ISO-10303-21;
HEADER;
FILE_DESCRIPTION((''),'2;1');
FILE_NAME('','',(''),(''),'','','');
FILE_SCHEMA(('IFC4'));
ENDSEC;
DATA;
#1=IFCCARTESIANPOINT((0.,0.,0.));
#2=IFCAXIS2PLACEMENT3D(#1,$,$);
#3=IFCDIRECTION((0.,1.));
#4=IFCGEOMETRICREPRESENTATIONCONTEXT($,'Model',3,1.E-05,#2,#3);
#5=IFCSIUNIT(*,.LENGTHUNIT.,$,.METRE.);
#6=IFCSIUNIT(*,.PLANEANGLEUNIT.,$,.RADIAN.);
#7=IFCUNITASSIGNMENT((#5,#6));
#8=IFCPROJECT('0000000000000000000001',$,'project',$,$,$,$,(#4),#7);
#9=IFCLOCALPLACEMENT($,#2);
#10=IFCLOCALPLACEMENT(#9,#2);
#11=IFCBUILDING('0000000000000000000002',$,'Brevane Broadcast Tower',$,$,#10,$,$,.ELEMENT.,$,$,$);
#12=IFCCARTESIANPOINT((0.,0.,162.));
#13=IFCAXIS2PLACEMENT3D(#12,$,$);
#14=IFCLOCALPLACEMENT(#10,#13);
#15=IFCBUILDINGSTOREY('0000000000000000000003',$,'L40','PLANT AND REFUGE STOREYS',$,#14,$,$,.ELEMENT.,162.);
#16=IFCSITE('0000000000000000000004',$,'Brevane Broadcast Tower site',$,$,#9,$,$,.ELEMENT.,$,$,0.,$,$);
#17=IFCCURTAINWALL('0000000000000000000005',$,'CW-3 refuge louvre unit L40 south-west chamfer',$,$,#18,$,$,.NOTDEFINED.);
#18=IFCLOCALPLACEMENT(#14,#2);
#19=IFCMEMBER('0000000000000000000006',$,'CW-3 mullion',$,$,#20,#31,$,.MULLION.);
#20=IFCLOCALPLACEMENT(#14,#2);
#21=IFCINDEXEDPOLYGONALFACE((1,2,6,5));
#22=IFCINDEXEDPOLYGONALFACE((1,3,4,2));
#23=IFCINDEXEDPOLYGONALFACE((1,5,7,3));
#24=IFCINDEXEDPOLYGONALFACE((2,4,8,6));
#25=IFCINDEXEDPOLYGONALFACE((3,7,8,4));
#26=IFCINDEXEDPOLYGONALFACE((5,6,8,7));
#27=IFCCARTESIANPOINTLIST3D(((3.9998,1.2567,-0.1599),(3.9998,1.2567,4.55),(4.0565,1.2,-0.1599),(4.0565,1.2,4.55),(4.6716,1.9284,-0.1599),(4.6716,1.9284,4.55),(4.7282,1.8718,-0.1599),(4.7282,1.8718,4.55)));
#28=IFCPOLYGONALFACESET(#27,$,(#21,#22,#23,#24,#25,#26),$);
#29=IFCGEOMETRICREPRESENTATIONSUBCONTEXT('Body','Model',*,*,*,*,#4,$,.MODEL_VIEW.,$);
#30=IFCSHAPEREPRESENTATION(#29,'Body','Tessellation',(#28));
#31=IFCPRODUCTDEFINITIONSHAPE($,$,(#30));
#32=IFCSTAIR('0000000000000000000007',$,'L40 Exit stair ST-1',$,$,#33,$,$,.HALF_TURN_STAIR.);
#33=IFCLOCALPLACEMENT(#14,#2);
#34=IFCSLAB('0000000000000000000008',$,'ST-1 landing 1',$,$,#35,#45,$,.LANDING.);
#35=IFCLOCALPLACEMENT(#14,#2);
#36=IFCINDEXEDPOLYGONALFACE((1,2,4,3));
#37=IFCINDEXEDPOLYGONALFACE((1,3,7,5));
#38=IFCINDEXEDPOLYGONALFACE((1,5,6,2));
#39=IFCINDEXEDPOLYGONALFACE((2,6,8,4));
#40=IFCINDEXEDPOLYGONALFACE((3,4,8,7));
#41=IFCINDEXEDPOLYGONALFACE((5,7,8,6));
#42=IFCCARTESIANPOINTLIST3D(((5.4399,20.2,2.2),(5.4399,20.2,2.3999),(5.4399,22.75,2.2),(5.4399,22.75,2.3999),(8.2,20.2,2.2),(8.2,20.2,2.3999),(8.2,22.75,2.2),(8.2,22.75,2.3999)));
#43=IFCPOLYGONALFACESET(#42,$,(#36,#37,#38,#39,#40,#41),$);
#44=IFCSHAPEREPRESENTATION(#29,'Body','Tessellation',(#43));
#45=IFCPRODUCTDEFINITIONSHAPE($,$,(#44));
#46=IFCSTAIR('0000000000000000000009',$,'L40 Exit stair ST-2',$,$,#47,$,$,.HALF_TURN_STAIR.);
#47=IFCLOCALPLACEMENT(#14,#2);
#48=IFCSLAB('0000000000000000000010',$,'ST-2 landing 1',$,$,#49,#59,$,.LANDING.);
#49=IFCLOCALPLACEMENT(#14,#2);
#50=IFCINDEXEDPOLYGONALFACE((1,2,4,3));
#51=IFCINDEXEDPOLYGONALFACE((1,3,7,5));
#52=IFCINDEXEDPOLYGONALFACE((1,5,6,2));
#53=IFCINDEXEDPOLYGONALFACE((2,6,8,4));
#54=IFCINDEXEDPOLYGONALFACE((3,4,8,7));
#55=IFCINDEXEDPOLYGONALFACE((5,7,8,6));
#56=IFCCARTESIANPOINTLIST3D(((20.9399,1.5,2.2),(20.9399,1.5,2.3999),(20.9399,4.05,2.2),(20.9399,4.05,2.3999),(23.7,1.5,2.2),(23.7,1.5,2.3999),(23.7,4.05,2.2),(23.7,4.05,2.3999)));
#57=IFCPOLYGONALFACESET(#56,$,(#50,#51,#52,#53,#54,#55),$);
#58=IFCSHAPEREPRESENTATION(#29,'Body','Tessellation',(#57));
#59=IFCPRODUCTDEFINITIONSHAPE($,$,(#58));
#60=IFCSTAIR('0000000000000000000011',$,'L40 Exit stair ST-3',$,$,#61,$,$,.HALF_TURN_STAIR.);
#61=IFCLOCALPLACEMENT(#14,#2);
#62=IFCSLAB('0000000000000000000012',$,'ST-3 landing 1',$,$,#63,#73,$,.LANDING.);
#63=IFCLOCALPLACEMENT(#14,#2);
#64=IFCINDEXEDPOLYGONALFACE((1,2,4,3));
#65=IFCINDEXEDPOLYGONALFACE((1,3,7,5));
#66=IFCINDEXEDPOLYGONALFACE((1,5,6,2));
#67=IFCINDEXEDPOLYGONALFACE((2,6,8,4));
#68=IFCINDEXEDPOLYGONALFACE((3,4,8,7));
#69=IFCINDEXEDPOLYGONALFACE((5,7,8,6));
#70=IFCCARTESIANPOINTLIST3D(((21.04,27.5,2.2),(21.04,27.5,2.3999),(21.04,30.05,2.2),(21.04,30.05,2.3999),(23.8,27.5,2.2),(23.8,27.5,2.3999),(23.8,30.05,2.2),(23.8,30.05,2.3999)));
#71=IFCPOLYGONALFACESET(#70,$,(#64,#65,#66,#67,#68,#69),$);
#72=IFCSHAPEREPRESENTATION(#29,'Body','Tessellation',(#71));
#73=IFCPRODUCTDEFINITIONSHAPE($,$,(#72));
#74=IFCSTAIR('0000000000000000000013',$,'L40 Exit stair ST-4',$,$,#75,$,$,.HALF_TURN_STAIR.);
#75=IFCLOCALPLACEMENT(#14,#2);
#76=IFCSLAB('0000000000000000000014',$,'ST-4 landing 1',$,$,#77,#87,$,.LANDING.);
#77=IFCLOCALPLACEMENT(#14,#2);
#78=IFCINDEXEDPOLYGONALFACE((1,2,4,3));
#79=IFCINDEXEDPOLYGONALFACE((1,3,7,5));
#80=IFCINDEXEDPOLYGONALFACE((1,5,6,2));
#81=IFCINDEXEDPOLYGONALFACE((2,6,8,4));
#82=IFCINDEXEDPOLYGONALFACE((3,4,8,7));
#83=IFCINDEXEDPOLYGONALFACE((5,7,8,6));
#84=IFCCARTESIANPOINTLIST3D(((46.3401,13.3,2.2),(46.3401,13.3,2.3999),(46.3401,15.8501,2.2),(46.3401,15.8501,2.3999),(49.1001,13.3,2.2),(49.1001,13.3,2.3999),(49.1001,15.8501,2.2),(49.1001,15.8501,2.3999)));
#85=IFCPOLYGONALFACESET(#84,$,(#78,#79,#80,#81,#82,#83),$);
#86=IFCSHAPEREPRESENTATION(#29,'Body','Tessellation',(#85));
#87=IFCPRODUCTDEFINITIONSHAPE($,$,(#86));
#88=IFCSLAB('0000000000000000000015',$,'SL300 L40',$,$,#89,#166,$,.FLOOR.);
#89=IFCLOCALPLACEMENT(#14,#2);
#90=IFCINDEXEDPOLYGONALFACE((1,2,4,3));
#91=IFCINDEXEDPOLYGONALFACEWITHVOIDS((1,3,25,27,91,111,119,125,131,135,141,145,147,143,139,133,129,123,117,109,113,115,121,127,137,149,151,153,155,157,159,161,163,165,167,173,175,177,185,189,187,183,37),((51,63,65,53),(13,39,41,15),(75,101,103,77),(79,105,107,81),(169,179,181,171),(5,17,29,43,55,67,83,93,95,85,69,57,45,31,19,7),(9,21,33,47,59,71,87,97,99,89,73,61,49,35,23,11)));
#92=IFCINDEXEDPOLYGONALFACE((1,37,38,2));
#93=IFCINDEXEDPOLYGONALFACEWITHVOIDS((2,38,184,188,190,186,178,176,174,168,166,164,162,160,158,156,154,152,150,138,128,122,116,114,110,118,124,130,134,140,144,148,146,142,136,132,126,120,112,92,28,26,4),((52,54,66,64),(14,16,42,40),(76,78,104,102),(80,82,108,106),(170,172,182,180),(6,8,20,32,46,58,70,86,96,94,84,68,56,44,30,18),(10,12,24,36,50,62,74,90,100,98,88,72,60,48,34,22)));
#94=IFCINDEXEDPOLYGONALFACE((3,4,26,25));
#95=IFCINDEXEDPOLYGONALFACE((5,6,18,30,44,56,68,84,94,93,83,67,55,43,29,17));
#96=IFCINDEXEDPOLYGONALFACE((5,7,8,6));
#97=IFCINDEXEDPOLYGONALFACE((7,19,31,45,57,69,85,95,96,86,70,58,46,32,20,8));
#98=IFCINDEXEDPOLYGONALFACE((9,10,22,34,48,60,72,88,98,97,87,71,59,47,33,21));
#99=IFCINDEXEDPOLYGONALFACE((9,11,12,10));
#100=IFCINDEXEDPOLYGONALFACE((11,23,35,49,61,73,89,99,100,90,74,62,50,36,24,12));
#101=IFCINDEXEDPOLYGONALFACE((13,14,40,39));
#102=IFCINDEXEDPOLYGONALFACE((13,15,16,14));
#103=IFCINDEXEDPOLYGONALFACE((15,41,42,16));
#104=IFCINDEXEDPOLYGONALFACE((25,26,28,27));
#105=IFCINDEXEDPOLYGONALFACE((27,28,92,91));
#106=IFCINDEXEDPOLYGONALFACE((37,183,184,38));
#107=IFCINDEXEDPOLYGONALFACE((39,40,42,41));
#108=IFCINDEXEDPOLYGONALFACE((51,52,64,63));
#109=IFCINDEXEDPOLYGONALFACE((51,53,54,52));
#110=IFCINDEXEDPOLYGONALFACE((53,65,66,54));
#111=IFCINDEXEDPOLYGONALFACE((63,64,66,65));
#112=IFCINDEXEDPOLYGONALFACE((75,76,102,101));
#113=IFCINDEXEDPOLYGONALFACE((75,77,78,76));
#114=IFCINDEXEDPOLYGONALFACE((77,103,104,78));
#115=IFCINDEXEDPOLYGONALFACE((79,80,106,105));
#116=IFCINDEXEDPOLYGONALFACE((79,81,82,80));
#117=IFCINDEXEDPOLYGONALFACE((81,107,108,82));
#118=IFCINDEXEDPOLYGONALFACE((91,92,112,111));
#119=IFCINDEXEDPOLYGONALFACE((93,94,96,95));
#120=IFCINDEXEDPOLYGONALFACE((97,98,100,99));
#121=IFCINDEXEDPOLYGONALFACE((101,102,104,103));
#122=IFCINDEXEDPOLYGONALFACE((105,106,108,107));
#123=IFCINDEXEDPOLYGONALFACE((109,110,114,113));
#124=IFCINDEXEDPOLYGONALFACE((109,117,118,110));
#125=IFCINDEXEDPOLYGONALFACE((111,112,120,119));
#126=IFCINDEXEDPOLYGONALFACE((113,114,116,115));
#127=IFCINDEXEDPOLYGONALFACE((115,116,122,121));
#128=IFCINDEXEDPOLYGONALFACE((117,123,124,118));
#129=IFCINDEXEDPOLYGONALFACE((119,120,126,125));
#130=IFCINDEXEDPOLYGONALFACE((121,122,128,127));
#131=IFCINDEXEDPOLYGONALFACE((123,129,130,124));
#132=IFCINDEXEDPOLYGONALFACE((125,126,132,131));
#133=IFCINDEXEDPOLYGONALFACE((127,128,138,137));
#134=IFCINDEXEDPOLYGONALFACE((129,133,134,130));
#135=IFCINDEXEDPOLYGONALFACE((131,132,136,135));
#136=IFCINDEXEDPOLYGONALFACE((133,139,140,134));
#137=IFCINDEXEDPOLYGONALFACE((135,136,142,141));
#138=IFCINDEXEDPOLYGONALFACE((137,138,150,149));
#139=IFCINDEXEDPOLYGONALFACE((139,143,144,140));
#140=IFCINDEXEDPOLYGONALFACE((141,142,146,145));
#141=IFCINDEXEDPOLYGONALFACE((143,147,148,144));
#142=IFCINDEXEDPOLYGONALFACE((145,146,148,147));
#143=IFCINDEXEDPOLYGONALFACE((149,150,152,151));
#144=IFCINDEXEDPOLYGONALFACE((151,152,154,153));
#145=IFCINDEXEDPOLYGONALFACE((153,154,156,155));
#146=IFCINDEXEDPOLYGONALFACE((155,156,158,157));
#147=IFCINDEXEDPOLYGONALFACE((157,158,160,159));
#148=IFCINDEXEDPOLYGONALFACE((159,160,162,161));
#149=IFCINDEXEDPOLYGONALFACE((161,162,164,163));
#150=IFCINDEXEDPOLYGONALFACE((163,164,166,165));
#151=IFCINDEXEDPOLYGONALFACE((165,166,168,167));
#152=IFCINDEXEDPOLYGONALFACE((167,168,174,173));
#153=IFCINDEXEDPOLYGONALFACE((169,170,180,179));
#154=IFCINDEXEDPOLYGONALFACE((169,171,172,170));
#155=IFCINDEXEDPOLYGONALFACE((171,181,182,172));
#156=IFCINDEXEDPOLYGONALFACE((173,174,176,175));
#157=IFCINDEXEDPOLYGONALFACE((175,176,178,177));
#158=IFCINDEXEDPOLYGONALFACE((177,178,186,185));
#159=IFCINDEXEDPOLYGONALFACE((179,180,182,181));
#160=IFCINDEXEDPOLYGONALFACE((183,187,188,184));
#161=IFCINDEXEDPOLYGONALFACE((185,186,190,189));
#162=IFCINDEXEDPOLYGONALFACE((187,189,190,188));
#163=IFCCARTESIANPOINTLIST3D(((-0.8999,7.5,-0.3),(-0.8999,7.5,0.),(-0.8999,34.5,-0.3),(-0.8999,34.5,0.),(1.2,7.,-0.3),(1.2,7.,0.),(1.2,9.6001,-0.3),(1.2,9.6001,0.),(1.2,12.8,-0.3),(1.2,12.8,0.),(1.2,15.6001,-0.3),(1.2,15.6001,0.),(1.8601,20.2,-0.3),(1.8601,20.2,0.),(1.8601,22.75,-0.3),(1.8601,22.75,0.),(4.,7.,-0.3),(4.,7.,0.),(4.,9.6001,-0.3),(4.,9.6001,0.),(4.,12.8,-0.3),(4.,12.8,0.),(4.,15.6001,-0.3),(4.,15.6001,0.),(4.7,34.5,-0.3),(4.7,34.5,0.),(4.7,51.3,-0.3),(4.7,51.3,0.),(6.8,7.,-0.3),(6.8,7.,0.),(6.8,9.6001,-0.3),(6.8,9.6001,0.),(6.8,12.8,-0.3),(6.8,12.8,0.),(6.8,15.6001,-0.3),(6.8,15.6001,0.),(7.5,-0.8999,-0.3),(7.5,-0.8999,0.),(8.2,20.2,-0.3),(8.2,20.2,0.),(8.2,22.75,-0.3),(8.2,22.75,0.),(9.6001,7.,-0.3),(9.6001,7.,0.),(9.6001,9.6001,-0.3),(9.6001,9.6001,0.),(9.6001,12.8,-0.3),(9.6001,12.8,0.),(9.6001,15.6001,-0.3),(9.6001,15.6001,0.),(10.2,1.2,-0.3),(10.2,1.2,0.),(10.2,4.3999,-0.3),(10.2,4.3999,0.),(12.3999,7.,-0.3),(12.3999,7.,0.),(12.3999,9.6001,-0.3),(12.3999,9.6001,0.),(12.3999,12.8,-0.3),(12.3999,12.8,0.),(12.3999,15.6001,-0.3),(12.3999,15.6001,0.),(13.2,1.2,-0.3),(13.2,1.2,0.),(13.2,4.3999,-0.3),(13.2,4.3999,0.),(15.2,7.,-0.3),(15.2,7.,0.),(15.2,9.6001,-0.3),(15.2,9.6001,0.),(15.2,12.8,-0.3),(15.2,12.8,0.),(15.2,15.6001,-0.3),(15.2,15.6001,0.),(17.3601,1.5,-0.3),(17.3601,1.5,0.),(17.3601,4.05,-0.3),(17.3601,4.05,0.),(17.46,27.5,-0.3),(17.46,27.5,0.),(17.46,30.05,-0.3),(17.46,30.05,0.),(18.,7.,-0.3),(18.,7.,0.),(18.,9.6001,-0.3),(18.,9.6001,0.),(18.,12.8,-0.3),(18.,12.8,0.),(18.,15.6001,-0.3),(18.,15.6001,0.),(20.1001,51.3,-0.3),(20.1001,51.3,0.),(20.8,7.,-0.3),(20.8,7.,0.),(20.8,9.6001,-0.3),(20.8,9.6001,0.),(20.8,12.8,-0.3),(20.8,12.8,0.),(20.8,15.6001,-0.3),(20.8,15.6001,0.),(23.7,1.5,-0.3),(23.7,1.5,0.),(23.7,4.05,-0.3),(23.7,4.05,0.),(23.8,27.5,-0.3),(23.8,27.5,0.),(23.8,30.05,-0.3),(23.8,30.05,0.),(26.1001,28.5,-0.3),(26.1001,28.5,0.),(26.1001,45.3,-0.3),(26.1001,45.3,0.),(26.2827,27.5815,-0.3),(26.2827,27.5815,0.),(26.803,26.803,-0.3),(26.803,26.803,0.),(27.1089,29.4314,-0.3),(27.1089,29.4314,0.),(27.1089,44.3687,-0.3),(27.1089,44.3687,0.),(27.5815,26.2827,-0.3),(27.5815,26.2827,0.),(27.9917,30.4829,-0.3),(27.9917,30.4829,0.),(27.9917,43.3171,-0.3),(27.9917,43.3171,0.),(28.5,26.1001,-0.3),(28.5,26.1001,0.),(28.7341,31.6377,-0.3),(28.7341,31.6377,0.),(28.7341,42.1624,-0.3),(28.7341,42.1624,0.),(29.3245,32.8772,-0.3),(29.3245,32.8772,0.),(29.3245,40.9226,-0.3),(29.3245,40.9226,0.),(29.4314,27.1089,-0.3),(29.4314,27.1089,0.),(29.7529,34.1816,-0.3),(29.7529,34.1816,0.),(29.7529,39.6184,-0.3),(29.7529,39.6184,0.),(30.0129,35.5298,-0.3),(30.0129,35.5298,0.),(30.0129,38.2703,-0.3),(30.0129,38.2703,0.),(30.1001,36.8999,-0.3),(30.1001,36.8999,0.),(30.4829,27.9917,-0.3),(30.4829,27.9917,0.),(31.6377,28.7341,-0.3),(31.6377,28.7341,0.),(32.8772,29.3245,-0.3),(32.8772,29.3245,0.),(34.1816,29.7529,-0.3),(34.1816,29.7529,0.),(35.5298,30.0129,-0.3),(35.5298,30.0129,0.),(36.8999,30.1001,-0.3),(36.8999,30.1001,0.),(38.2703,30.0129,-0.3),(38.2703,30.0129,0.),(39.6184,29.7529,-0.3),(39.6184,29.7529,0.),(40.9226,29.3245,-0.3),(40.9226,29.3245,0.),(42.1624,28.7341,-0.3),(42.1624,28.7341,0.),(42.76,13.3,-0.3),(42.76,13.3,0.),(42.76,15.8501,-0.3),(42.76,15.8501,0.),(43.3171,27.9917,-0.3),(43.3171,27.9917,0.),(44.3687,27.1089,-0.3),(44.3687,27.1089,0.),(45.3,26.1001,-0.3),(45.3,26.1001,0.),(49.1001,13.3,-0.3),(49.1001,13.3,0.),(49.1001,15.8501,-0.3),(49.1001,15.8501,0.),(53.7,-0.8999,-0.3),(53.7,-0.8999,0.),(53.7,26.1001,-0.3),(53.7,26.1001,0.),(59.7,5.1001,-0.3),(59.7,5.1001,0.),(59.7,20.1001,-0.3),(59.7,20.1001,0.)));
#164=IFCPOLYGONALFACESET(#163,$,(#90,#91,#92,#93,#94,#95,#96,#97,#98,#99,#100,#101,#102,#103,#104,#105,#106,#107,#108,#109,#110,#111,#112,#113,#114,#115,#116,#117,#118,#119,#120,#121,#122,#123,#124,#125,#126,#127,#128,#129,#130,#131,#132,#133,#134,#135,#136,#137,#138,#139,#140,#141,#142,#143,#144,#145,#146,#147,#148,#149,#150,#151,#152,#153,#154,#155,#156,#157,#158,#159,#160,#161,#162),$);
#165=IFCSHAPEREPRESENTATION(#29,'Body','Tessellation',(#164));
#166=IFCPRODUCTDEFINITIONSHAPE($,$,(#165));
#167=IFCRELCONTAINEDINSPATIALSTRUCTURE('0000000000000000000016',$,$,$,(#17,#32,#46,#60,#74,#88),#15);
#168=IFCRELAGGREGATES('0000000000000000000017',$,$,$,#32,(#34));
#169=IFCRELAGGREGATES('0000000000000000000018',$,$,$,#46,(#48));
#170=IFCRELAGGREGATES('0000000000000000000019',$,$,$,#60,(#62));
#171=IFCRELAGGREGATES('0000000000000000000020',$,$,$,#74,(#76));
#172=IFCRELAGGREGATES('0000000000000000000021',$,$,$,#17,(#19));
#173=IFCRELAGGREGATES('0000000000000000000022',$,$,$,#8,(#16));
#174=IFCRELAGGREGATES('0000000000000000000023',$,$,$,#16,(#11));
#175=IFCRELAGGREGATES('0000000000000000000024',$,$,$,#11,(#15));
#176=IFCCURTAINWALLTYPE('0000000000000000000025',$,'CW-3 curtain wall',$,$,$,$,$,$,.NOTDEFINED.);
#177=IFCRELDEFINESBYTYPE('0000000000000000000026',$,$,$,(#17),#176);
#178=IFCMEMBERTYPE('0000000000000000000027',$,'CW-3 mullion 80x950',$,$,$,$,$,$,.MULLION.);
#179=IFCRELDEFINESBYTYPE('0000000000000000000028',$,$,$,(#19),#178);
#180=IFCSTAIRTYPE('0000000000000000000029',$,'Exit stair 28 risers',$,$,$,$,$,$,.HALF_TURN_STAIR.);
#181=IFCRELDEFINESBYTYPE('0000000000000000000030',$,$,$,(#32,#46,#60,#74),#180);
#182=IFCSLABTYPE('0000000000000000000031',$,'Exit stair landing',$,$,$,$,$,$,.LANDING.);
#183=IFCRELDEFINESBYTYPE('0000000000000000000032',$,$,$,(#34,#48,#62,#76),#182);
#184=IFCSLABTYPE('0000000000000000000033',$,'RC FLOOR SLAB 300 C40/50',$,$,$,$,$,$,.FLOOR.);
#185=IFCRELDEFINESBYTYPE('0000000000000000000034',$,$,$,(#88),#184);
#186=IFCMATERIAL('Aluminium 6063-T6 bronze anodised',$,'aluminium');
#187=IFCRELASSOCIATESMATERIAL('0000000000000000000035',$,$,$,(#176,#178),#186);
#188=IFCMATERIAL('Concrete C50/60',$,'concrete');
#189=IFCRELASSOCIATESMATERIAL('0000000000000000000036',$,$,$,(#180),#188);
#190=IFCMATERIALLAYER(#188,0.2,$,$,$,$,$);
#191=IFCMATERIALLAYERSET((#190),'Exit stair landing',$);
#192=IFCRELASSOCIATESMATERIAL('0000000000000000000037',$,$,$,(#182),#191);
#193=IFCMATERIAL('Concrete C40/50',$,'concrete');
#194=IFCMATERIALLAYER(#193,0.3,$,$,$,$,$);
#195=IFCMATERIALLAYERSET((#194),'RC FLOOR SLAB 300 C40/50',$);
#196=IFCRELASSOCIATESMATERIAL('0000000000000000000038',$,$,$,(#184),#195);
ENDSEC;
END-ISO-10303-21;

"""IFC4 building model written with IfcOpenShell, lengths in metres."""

from ifc_helpers import new_model, si_unit, direction, frame, origin, origin_2d, place, context, subcontext, project, spatial, polyline, rectangle, outline, extrude, material, layer, layer_set, material_profile, profile_set, type_object, element, aggregate, save


model = new_model("IFC4")

# Units and contexts
model_context = context("Model", 3, precision=1e-05, world=origin(), true_north=direction((0.0, 1.0)))
body_context = subcontext(model_context, "Body", "Model", "MODEL_VIEW")
ifc_project = project(units=[si_unit("LENGTHUNIT", "METRE"), si_unit("PLANEANGLEUNIT", "RADIAN")], contexts=[model_context])

# Site, building, storey
site_placement = place(None, origin())
site = spatial("IfcSite", under=ifc_project, at=site_placement, Name="Brevane Broadcast Tower site", CompositionType="ELEMENT", RefElevation=0.0)
building_placement = place(site_placement, origin())
building = spatial("IfcBuilding", under=site, at=building_placement, Name="Brevane Broadcast Tower", CompositionType="ELEMENT")
storey_placement = place(building_placement, frame((0.0, 0.0, 162.0)))
storey = spatial("IfcBuildingStorey", under=building, at=storey_placement, Name="L40", Description="PLANT AND REFUGE STOREYS", CompositionType="ELEMENT", Elevation=162.0)

# Curtain wall, member
ifc_material_1 = material(Name="Aluminium 6063-T6 bronze anodised", Category="aluminium")
curtain_wall_type = type_object("IfcCurtainWallType", Name="CW-3 curtain wall", PredefinedType="NOTDEFINED", material=ifc_material_1)
curtain_wall_1_placement = place(storey_placement, origin())
curtain_wall_1 = element("IfcCurtainWall", 1, at=curtain_wall_1_placement, inside=storey, type_object=curtain_wall_type, Name="CW-3 refuge louvre unit L40 south-west chamfer", PredefinedType="NOTDEFINED")
ifc_material_profile = material_profile(ifc_material_1, rectangle(XDim=0.95, YDim=0.0801, at=origin_2d()), Name="RECT 80x950")
ifc_profile_set = profile_set([ifc_material_profile], Name="Aluminium 6063-T6 bronze anodised")
member_type = type_object("IfcMemberType", Name="CW-3 mullion 80x950", PredefinedType="MULLION", material=ifc_profile_set)
member_placement = place(storey_placement, frame((4.364, 1.5642, -0.1599), z_axis=(0.0, 0.0, 1.0), x_axis=(0.707107, 0.707107, 0.0)))
member = element("IfcMember", 2, at=member_placement, type_object=member_type, Name="CW-3 mullion", PredefinedType="MULLION", context=body_context, shape_type="SweptSolid", body=[
    extrude(rectangle(XDim=0.95, YDim=0.0801, at=origin_2d()), origin(), (0.0, 0.0, 1.0), 4.71),
])

# Stairs, slabs
ifc_material_2 = material(Name="Concrete C50/60", Category="concrete")
stair_type = type_object("IfcStairType", Name="Exit stair 28 risers", PredefinedType="HALF_TURN_STAIR", material=ifc_material_2)
stair_1_placement = place(storey_placement, origin())
stair_1 = element("IfcStair", 3, at=stair_1_placement, inside=storey, type_object=stair_type, Name="L40 Exit stair ST-1", PredefinedType="HALF_TURN_STAIR")
ifc_layer_1 = layer(ifc_material_2, 0.2)
ifc_layer_set_1 = layer_set([ifc_layer_1], Name="Exit stair landing")
slab_type_1 = type_object("IfcSlabType", Name="Exit stair landing", PredefinedType="LANDING", material=ifc_layer_set_1)
slab_1_placement = place(storey_placement, frame((0.0, 0.0, 2.2)))
slab_1 = element("IfcSlab", 4, at=slab_1_placement, type_object=slab_type_1, Name="ST-1 landing 1", PredefinedType="LANDING", context=body_context, shape_type="SweptSolid", body=[
    extrude(outline(polyline([(5.4399, 20.2), (8.2, 20.2), (8.2, 22.75), (5.4399, 22.75), (5.4399, 20.2)])), origin(), (0.0, 0.0, 1.0), 0.2),
])
aggregate(stair_1, [slab_1])
stair_2_placement = place(storey_placement, origin())
stair_2 = element("IfcStair", 5, at=stair_2_placement, inside=storey, type_object=stair_type, Name="L40 Exit stair ST-2", PredefinedType="HALF_TURN_STAIR")
slab_2_placement = place(storey_placement, frame((0.0, 0.0, 2.2)))
slab_2 = element("IfcSlab", 6, at=slab_2_placement, type_object=slab_type_1, Name="ST-2 landing 1", PredefinedType="LANDING", context=body_context, shape_type="SweptSolid", body=[
    extrude(outline(polyline([(20.9399, 1.5), (23.7, 1.5), (23.7, 4.05), (20.9399, 4.05), (20.9399, 1.5)])), origin(), (0.0, 0.0, 1.0), 0.2),
])
aggregate(stair_2, [slab_2])
stair_3_placement = place(storey_placement, origin())
stair_3 = element("IfcStair", 7, at=stair_3_placement, inside=storey, type_object=stair_type, Name="L40 Exit stair ST-3", PredefinedType="HALF_TURN_STAIR")
slab_3_placement = place(storey_placement, frame((0.0, 0.0, 2.2)))
slab_3 = element("IfcSlab", 8, at=slab_3_placement, type_object=slab_type_1, Name="ST-3 landing 1", PredefinedType="LANDING", context=body_context, shape_type="SweptSolid", body=[
    extrude(outline(polyline([(21.04, 27.5), (23.8, 27.5), (23.8, 30.05), (21.04, 30.05), (21.04, 27.5)])), origin(), (0.0, 0.0, 1.0), 0.2),
])
aggregate(stair_3, [slab_3])
stair_4_placement = place(storey_placement, origin())
stair_4 = element("IfcStair", 9, at=stair_4_placement, inside=storey, type_object=stair_type, Name="L40 Exit stair ST-4", PredefinedType="HALF_TURN_STAIR")
slab_4_placement = place(storey_placement, frame((0.0, 0.0, 2.2)))
slab_4 = element("IfcSlab", 10, at=slab_4_placement, type_object=slab_type_1, Name="ST-4 landing 1", PredefinedType="LANDING", context=body_context, shape_type="SweptSolid", body=[
    extrude(outline(polyline([(46.3401, 13.3), (49.1001, 13.3), (49.1001, 15.8501), (46.3401, 15.8501), (46.3401, 13.3)])), origin(), (0.0, 0.0, 1.0), 0.2),
])
aggregate(stair_4, [slab_4])

# Slab
ifc_material_3 = material(Name="Concrete C40/50", Category="concrete")
ifc_layer_2 = layer(ifc_material_3, 0.3)
ifc_layer_set_2 = layer_set([ifc_layer_2], Name="RC FLOOR SLAB 300 C40/50")
slab_type_2 = type_object("IfcSlabType", Name="RC FLOOR SLAB 300 C40/50", PredefinedType="FLOOR", material=ifc_layer_set_2)
slab_5_placement = place(storey_placement, frame((0.0, 0.0, -0.3)))
element("IfcSlab", 11, at=slab_5_placement, inside=storey, type_object=slab_type_2, Name="SL300 L40", PredefinedType="FLOOR", context=body_context, shape_type="SweptSolid", body=[
    extrude(outline(polyline([(-0.8999, 7.5), (-0.8999, 34.5), (4.7, 34.5), (4.7, 51.3), (20.1001, 51.3), (26.1001, 45.3), (27.1089, 44.3687), (27.9917, 43.3171), (28.7341, 42.1624), (29.3245, 40.9226), (29.7529, 39.6184), (30.0129, 38.2703), (30.1001, 36.8999), (30.0129, 35.5298), (29.7529, 34.1816), (29.3245, 32.8772), (28.7341, 31.6377), (27.9917, 30.4829), (27.1089, 29.4314), (26.1001, 28.5), (26.2827, 27.5815), (26.803, 26.803), (27.5815, 26.2827), (28.5, 26.1001), (29.4314, 27.1089), (30.4829, 27.9917), (31.6377, 28.7341), (32.8772, 29.3245), (34.1816, 29.7529), (35.5298, 30.0129), (36.8999, 30.1001), (38.2703, 30.0129), (39.6184, 29.7529), (40.9226, 29.3245), (42.1624, 28.7341), (43.3171, 27.9917), (44.3687, 27.1089), (45.3, 26.1001), (53.7, 26.1001), (59.7, 20.1001), (59.7, 5.1001), (53.7, -0.8999), (7.5, -0.8999), (-0.8999, 7.5)]), holes=[polyline([(13.2, 1.2), (13.2, 4.3999), (10.2, 4.3999), (10.2, 1.2), (13.2, 1.2)]), polyline([(6.8, 9.6001), (4.0, 9.6001), (1.2, 9.6001), (1.2, 7.0), (4.0, 7.0), (6.8, 7.0), (9.6001, 7.0), (12.3999, 7.0), (15.2, 7.0), (18.0, 7.0), (20.8, 7.0), (20.8, 9.6001), (18.0, 9.6001), (15.2, 9.6001), (12.3999, 9.6001), (9.6001, 9.6001), (6.8, 9.6001)]), polyline([(6.8, 15.6001), (4.0, 15.6001), (1.2, 15.6001), (1.2, 12.8), (4.0, 12.8), (6.8, 12.8), (9.6001, 12.8), (12.3999, 12.8), (15.2, 12.8), (18.0, 12.8), (20.8, 12.8), (20.8, 15.6001), (18.0, 15.6001), (15.2, 15.6001), (12.3999, 15.6001), (9.6001, 15.6001), (6.8, 15.6001)]), polyline([(8.2, 22.75), (1.8601, 22.75), (1.8601, 20.2), (8.2, 20.2), (8.2, 22.75)]), polyline([(23.7, 4.05), (17.3601, 4.05), (17.3601, 1.5), (23.7, 1.5), (23.7, 4.05)]), polyline([(49.1001, 13.3), (49.1001, 15.8501), (42.76, 15.8501), (42.76, 13.3), (49.1001, 13.3)]), polyline([(23.8, 27.5), (23.8, 30.05), (17.46, 30.05), (17.46, 27.5), (23.8, 27.5)])]), origin(), (0.0, 0.0, 1.0), 0.3),
])

aggregate(curtain_wall_1, [member])

save(model, "model.ifc")
